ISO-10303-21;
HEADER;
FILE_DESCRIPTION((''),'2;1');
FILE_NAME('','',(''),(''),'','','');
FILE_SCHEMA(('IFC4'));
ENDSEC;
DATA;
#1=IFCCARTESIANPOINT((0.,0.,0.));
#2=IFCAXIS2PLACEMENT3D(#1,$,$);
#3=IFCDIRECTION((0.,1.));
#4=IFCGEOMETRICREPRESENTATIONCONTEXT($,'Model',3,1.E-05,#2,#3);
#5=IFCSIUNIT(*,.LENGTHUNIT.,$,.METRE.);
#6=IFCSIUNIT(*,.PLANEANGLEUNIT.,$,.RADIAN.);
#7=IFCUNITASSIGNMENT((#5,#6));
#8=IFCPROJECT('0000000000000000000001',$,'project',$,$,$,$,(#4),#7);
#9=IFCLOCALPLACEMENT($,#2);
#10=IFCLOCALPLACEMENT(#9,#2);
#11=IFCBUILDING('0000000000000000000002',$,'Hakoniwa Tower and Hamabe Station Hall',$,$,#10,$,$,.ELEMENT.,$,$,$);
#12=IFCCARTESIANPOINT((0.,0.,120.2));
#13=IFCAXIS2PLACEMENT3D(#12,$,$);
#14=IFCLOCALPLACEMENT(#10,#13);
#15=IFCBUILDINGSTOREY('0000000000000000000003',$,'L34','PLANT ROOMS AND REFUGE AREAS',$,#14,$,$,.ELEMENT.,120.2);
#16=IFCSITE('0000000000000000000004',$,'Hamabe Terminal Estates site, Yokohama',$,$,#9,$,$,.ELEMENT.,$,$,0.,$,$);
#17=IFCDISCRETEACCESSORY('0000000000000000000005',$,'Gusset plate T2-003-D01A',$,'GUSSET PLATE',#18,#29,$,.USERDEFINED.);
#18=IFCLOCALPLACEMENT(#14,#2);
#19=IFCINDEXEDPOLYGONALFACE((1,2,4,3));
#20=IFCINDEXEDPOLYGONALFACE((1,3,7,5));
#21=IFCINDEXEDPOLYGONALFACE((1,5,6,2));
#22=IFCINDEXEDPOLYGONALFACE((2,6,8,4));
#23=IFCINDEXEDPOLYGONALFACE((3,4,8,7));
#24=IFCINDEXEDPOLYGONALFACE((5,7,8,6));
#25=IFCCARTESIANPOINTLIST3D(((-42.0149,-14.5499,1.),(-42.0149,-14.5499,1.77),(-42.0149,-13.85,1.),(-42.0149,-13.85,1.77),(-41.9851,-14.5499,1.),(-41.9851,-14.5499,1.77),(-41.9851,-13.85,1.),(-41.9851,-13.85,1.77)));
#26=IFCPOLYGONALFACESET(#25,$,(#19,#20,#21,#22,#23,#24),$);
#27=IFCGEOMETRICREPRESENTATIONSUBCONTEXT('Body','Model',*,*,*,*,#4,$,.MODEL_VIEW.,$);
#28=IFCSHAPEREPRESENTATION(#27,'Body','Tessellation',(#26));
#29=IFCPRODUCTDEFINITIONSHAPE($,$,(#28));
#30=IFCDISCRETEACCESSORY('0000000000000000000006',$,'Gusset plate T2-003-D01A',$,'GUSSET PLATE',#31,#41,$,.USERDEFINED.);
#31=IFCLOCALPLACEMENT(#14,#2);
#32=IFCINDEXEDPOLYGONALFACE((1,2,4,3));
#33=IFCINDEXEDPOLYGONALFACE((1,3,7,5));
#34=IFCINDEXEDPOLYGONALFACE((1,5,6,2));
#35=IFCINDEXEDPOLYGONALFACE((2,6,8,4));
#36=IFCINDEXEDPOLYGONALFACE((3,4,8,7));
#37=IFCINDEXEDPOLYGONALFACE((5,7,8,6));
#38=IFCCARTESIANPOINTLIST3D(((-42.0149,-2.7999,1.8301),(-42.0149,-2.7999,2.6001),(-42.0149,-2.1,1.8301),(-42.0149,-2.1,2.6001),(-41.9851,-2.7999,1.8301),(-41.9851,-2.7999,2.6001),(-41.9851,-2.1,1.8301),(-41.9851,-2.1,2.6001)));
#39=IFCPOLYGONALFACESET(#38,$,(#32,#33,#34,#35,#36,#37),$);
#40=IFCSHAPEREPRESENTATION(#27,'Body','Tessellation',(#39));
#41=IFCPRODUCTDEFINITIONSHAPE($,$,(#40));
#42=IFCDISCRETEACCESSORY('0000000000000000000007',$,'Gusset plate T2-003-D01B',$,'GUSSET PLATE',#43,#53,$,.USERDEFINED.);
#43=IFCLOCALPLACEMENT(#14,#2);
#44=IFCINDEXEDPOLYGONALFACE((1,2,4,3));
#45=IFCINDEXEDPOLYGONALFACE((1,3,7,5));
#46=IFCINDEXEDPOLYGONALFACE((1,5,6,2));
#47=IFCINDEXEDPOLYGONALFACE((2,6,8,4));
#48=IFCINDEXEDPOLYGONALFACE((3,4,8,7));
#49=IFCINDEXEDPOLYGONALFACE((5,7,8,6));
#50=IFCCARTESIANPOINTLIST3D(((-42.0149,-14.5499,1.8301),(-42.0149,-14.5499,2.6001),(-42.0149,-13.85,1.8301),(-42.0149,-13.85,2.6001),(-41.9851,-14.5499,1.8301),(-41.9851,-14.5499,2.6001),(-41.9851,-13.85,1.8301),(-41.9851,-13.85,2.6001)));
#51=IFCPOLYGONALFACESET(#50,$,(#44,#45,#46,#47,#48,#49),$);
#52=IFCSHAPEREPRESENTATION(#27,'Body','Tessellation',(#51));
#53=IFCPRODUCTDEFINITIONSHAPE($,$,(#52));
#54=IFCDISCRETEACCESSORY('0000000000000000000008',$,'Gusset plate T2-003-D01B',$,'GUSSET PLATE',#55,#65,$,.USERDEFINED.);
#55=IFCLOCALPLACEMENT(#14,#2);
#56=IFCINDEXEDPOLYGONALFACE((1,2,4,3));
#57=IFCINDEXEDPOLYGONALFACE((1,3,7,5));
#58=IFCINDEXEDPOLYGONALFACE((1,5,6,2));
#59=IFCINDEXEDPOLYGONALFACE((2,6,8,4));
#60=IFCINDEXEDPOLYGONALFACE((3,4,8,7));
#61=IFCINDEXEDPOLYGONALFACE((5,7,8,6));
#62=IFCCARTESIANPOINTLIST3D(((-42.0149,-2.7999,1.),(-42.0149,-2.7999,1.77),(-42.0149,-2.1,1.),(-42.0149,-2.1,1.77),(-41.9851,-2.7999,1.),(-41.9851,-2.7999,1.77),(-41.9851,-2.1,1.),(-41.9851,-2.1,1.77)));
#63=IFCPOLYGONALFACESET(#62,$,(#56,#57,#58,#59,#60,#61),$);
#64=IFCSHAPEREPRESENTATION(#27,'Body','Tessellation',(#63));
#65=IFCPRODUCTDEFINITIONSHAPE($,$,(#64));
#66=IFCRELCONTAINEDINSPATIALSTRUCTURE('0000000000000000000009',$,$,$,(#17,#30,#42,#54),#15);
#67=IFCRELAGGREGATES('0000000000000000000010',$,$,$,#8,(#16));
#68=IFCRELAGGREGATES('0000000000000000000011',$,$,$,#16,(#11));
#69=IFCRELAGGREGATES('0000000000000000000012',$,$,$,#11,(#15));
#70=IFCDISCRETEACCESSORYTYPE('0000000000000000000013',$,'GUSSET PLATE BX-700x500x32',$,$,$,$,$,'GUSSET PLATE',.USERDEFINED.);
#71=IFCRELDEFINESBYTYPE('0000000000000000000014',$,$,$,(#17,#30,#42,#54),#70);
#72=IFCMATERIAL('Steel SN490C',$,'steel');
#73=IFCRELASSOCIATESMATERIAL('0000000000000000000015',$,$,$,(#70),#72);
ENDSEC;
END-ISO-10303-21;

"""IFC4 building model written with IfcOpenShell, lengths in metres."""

from ifc_helpers import new_model, si_unit, direction, frame, origin, origin_2d, place, context, subcontext, project, spatial, rectangle, extrude, material, material_profile, profile_set, type_object, element, save


model = new_model("IFC4")

# Units and contexts
model_context = context("Model", 3, precision=1e-05, world=origin(), true_north=direction((0.0, 1.0)))
body_context = subcontext(model_context, "Body", "Model", "MODEL_VIEW")
ifc_project = project(units=[si_unit("LENGTHUNIT", "METRE"), si_unit("PLANEANGLEUNIT", "RADIAN")], contexts=[model_context])

# Site, building, storey
site_placement = place(None, origin())
site = spatial("IfcSite", under=ifc_project, at=site_placement, Name="Hamabe Terminal Estates site, Yokohama", CompositionType="ELEMENT", RefElevation=0.0)
building_placement = place(site_placement, origin())
building = spatial("IfcBuilding", under=site, at=building_placement, Name="Hakoniwa Tower and Hamabe Station Hall", CompositionType="ELEMENT")
storey_placement = place(building_placement, frame((0.0, 0.0, 120.2)))
storey = spatial("IfcBuildingStorey", under=building, at=storey_placement, Name="L34", Description="PLANT ROOMS AND REFUGE AREAS", CompositionType="ELEMENT", Elevation=120.2)

# Discrete accessories
ifc_material_1 = material(Name="Steel SN490C", Category="steel")
ifc_material_profile_1 = material_profile(ifc_material_1, rectangle(XDim=0.7, YDim=0.77, at=origin_2d()), Name="GUSSET PLATE BX-700x500x32")
ifc_profile_set_1 = profile_set([ifc_material_profile_1], Name="Steel SN490C")
discrete_accessory_type = type_object("IfcDiscreteAccessoryType", Name="GUSSET PLATE BX-700x500x32", ElementType="GUSSET PLATE", PredefinedType="USERDEFINED", material=ifc_profile_set_1)
for number, where, z_axis, x_axis, name in (
    (1, (-41.9851, -14.2, 1.385), (-1.0, 0.0, 0.0), (0.0, -1.0, 0.0), "Gusset plate T2-003-D01A"),
    (2, (-41.9851, -2.45, 2.2151), (-1.0, 0.0, 0.0), (0.0, -1.0, 0.0), "Gusset plate T2-003-D01A"),
    (3, (-41.9851, -14.2, 2.2151), (-1.0, 0.0, 0.0), (0.0, -1.0, 0.0), "Gusset plate T2-003-D01B"),
    (4, (-41.9851, -2.45, 1.385), (-1.0, 0.0, 0.0), (0.0, -1.0, 0.0), "Gusset plate T2-003-D01B"),
):
    element("IfcDiscreteAccessory", number, at=place(storey_placement, frame(where, z_axis=z_axis, x_axis=x_axis)), inside=storey, type_object=discrete_accessory_type, Name=name, ObjectType="GUSSET PLATE", PredefinedType="USERDEFINED", context=body_context, shape_type="SweptSolid", body=[
        extrude(rectangle(XDim=0.7, YDim=0.77, at=origin_2d()), origin(), (0.0, 0.0, 1.0), 0.0298),
    ])

save(model, "model.ifc")
